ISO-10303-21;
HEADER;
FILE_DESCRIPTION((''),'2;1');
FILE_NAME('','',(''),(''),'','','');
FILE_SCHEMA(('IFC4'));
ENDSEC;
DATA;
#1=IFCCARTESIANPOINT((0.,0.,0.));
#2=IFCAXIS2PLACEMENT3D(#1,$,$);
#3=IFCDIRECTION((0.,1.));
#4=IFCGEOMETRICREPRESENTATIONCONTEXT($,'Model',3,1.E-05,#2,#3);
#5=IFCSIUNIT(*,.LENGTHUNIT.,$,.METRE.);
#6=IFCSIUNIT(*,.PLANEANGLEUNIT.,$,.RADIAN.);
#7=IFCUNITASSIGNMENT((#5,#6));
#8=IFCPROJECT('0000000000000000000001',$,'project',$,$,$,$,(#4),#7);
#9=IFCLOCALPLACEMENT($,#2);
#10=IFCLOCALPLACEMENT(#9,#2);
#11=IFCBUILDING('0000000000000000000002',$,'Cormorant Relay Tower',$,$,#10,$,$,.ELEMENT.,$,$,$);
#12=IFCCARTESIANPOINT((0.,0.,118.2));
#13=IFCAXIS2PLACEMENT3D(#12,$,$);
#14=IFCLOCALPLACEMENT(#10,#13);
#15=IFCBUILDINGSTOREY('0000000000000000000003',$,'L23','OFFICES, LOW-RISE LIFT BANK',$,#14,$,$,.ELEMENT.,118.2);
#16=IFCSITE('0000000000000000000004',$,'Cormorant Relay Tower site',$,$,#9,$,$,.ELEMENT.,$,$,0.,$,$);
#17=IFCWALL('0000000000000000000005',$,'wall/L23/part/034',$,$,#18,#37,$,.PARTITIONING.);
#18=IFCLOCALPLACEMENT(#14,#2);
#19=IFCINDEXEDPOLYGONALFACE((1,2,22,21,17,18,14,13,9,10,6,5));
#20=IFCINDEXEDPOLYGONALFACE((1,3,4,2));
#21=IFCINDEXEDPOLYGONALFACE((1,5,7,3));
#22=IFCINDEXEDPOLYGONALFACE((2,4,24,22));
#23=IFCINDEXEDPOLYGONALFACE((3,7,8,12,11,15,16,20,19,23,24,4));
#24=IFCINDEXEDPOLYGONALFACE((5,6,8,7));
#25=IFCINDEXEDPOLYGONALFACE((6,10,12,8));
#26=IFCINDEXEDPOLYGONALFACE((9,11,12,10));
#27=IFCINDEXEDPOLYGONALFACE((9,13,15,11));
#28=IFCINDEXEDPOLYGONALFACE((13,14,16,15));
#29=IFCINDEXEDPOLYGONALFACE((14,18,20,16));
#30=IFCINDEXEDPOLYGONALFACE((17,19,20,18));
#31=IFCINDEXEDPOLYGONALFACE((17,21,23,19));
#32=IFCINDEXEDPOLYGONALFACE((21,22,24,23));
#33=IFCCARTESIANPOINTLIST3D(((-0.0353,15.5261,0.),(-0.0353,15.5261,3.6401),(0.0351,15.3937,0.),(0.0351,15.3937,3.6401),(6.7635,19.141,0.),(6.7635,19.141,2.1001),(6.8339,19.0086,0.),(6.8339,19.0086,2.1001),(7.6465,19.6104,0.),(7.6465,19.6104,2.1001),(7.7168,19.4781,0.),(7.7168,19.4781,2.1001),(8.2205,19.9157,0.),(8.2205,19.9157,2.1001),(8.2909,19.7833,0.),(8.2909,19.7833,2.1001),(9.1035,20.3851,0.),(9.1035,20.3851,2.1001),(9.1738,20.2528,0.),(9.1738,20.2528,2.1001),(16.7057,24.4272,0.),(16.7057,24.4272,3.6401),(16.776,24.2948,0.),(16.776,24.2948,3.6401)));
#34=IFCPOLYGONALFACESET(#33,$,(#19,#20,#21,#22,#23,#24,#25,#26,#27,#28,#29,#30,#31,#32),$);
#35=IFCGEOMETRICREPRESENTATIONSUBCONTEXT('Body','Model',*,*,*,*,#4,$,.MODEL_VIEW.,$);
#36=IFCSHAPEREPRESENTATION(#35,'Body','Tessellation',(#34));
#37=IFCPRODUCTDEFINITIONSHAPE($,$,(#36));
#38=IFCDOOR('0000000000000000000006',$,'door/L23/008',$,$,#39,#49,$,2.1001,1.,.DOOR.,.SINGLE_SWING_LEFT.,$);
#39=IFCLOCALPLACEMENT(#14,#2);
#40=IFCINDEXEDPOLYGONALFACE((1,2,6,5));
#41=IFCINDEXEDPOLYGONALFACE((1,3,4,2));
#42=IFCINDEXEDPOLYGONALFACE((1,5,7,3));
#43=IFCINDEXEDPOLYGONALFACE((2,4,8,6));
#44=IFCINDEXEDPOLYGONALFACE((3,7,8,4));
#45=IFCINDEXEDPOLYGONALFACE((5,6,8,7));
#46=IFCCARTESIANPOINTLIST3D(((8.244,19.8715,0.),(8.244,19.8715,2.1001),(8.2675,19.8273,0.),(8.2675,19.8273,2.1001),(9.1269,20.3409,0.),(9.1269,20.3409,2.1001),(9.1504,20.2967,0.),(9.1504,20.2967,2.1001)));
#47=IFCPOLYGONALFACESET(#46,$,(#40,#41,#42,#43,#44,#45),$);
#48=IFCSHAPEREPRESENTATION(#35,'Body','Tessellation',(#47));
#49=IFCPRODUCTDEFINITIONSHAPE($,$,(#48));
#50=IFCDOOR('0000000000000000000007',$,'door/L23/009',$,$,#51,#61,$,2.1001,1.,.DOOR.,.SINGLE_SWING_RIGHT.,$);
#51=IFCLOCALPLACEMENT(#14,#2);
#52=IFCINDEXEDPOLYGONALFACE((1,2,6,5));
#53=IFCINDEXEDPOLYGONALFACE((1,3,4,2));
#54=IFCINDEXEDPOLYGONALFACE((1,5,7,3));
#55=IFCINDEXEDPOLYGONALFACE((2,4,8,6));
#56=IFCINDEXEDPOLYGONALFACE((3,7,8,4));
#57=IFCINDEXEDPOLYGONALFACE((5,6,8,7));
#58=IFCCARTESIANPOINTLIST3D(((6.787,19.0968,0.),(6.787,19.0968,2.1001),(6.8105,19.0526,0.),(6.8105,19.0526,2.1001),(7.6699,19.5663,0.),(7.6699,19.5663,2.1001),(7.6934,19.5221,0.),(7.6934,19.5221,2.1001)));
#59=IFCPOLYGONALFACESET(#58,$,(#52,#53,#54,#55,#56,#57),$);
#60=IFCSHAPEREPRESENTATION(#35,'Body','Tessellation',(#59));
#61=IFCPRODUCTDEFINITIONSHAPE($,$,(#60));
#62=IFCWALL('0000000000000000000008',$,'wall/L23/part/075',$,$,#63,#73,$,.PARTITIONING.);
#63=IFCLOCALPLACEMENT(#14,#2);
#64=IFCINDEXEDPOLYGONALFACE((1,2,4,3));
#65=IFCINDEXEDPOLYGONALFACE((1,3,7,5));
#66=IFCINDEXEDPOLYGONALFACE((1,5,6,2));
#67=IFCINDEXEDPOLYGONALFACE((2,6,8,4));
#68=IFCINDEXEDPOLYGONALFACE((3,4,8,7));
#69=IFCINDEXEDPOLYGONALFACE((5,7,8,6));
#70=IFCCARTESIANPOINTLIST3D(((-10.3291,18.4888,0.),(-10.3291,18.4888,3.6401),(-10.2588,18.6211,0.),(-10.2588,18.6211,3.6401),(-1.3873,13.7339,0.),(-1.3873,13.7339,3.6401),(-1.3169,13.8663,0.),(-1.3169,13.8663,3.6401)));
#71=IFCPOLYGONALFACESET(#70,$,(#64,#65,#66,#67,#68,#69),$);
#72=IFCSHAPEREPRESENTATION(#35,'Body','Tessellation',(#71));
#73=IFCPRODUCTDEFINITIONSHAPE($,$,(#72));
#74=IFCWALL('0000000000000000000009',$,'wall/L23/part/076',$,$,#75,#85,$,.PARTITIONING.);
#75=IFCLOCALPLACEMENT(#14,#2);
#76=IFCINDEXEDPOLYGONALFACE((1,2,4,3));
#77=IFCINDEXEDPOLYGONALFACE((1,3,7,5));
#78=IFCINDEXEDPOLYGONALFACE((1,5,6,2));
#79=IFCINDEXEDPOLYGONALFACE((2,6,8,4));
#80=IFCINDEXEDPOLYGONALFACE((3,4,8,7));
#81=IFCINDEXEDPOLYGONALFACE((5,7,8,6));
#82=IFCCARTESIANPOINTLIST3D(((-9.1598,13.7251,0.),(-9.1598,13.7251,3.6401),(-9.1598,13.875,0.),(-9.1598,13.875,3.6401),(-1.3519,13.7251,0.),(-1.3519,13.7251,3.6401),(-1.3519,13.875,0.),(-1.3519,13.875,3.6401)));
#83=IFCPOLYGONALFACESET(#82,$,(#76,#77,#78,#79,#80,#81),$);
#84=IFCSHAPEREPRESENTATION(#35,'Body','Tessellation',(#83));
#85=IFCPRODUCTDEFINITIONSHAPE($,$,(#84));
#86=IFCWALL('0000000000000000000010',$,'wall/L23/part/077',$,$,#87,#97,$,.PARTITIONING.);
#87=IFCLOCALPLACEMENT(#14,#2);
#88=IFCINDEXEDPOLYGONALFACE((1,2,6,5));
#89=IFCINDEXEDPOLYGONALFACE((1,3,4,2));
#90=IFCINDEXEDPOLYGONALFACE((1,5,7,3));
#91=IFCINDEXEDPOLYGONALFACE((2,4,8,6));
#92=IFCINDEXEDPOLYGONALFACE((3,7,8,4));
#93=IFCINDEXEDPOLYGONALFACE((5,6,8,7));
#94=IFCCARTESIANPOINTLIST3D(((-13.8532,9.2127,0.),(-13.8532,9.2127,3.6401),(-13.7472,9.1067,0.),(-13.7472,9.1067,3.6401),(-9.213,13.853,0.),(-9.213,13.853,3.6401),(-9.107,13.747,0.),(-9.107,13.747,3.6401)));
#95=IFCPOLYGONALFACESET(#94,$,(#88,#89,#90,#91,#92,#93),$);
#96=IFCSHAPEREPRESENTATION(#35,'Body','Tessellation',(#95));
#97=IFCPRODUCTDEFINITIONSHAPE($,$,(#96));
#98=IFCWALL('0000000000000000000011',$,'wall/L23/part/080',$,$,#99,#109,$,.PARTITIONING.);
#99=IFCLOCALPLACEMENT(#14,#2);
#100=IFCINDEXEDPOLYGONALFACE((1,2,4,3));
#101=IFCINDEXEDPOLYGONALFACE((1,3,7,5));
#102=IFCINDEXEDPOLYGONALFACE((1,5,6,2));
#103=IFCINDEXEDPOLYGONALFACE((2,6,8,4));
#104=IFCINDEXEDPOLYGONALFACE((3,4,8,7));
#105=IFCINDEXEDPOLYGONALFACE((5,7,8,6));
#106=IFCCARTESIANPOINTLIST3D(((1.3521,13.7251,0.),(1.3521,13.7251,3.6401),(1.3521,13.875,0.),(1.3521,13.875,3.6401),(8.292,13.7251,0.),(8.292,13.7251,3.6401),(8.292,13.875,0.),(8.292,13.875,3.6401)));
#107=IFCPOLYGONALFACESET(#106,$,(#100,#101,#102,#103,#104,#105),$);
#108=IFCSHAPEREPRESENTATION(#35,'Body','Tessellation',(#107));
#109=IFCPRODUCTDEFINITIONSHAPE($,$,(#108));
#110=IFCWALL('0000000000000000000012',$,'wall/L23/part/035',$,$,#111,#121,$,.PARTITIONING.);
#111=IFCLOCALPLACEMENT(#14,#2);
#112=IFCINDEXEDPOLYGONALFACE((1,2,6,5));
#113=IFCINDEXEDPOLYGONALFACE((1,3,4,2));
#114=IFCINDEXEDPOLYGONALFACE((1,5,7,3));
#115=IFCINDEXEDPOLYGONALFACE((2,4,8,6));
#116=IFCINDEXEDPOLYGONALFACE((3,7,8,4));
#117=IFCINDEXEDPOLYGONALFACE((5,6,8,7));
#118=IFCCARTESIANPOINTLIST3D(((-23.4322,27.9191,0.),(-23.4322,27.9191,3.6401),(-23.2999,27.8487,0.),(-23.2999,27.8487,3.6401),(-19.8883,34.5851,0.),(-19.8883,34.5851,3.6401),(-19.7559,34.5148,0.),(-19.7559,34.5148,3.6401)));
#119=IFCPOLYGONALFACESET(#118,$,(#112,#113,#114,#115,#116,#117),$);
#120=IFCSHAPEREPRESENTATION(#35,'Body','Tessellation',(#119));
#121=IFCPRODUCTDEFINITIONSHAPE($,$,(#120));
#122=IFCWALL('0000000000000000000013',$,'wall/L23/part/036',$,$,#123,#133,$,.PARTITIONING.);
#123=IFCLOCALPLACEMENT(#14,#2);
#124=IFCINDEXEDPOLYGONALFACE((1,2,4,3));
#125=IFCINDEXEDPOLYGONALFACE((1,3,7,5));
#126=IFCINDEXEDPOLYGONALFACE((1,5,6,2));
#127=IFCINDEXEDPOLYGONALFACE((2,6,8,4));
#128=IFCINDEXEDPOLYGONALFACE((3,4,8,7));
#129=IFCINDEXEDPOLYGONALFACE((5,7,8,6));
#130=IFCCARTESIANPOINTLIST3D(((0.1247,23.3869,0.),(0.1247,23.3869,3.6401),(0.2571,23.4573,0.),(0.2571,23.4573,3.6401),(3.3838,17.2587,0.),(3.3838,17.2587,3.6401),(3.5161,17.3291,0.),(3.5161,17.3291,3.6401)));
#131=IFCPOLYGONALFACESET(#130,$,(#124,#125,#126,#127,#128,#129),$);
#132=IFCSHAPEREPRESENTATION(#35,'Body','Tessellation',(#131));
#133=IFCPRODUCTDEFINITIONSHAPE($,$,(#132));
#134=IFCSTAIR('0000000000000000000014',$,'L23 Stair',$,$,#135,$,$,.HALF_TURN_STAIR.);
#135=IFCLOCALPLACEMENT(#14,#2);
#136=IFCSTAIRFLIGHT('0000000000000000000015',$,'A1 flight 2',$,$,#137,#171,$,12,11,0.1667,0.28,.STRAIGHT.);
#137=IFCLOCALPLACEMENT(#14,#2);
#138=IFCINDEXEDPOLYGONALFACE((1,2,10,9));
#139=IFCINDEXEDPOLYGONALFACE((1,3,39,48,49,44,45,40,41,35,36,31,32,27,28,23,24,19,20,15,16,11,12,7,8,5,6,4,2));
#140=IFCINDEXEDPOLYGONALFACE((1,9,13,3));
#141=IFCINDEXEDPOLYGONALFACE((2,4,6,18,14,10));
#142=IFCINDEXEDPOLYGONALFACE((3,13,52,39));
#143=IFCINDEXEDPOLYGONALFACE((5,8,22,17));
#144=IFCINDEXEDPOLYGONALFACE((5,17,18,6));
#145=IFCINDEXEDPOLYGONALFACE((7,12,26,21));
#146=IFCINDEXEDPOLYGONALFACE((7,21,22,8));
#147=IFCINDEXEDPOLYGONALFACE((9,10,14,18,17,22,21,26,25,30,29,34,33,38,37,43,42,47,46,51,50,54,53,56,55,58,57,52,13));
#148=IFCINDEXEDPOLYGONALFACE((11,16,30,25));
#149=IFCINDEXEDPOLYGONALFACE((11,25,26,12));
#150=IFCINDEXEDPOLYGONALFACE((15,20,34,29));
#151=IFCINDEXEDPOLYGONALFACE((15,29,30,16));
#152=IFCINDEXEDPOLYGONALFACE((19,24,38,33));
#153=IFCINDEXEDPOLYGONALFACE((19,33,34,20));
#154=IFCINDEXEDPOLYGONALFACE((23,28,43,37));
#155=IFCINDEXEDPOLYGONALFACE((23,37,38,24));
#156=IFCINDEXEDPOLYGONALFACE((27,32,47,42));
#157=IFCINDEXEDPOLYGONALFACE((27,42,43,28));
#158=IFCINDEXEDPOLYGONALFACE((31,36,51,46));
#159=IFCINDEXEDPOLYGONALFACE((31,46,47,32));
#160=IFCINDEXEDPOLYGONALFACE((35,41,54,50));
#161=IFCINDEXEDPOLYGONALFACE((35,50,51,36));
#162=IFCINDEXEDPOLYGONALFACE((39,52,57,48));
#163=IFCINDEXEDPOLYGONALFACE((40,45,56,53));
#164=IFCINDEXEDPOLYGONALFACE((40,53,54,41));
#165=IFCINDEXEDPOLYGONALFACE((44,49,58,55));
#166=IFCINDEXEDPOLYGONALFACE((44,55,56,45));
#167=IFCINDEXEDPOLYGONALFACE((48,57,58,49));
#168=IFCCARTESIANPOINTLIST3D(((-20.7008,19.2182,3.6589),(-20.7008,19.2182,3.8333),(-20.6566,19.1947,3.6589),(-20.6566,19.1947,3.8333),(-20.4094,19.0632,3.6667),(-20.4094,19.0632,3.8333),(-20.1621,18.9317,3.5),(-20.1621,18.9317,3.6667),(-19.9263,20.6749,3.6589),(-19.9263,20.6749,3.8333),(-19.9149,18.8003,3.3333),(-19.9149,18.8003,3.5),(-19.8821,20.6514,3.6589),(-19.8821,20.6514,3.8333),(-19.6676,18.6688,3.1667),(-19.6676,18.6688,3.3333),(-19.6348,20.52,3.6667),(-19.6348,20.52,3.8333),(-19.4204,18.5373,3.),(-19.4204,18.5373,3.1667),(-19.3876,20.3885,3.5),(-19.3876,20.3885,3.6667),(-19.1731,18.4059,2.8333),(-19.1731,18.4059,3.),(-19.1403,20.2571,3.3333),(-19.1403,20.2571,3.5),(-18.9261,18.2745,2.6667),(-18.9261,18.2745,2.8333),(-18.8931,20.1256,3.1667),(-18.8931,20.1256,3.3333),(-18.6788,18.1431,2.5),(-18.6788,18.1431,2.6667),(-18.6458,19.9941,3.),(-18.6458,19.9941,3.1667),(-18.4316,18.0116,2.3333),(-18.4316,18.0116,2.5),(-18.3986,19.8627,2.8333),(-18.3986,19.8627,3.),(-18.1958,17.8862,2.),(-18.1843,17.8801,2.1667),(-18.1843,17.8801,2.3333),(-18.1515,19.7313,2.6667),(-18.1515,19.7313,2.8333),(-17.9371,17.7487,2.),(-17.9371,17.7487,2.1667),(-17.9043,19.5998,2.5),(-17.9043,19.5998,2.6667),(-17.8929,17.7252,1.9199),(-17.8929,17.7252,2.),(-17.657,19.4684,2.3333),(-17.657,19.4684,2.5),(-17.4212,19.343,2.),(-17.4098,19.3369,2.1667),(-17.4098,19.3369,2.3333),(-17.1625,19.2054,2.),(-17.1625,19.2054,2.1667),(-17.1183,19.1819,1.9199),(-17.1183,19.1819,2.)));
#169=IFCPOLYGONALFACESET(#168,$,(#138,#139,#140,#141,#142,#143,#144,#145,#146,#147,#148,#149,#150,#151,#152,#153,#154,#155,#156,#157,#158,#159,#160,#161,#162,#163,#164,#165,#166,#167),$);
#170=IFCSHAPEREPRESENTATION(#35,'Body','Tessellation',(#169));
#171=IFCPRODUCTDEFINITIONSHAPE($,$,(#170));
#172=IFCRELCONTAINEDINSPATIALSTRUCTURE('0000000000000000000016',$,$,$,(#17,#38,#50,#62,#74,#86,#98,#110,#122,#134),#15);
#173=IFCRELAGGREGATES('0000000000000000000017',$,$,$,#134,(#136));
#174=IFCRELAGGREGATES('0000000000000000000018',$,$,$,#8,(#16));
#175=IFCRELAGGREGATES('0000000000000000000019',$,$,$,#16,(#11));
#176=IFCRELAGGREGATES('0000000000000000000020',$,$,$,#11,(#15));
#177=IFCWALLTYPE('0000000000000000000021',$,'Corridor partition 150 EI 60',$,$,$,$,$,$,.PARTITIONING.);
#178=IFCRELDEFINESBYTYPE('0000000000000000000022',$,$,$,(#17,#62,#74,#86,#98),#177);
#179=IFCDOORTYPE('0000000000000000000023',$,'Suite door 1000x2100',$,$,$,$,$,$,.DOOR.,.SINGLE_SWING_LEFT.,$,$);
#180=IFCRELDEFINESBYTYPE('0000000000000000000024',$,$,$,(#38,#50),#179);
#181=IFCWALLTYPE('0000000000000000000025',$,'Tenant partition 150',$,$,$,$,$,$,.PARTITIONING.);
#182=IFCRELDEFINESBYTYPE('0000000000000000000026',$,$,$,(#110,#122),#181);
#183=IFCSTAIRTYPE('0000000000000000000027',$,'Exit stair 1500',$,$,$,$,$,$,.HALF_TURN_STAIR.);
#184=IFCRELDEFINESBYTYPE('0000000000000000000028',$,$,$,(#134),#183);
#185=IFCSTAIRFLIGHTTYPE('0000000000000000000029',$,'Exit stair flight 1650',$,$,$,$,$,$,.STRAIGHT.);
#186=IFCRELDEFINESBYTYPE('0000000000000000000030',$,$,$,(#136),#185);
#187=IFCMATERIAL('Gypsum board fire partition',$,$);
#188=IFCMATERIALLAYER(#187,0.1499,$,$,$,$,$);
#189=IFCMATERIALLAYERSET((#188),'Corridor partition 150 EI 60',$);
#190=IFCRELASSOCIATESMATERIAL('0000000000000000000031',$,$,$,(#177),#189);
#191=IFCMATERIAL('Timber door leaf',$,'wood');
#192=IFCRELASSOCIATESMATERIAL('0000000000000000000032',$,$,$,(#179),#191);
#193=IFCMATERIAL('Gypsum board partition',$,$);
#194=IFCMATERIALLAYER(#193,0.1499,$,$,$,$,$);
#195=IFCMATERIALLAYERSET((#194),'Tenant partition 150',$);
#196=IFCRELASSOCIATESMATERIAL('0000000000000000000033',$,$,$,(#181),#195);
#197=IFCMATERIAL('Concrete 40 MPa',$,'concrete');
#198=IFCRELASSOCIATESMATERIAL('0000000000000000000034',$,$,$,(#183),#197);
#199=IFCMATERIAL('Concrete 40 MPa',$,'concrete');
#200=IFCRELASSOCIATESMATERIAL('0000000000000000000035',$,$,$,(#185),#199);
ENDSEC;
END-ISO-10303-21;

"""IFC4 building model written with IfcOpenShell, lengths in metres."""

from ifc_helpers import new_model, si_unit, direction, frame, frame_2d, origin, place, context, subcontext, project, spatial, polyline, rectangle, outline, extrude, material, layer, layer_set, type_object, element, fill, aggregate, save


model = new_model("IFC4")

# Units and contexts
model_context = context("Model", 3, precision=1e-05, world=origin(), true_north=direction((0.0, 1.0)))
body_context = subcontext(model_context, "Body", "Model", "MODEL_VIEW")
ifc_project = project(units=[si_unit("LENGTHUNIT", "METRE"), si_unit("PLANEANGLEUNIT", "RADIAN")], contexts=[model_context])

# Site, building, storey
site_placement = place(None, origin())
site = spatial("IfcSite", under=ifc_project, at=site_placement, Name="Cormorant Relay Tower site", CompositionType="ELEMENT", RefElevation=0.0)
building_placement = place(site_placement, origin())
building = spatial("IfcBuilding", under=site, at=building_placement, Name="Cormorant Relay Tower", CompositionType="ELEMENT")
storey_placement = place(building_placement, frame((0.0, 0.0, 118.2)))
storey = spatial("IfcBuildingStorey", under=building, at=storey_placement, Name="L23", Description="OFFICES, LOW-RISE LIFT BANK", CompositionType="ELEMENT", Elevation=118.2)

# Wall, openings, doors
ifc_material_1 = material(Name="Gypsum board fire partition")
ifc_layer_1 = layer(ifc_material_1, 0.1499)
ifc_layer_set_1 = layer_set([ifc_layer_1], Name="Corridor partition 150 EI 60")
wall_type_1 = type_object("IfcWallType", Name="Corridor partition 150 EI 60", PredefinedType="PARTITIONING", material=ifc_layer_set_1)
wall_1_placement = place(storey_placement, frame((0.0, 15.46, 0.0), z_axis=(0.0, 0.0, 1.0), x_axis=(0.882952, 0.469463, 0.0)))
wall_1 = element("IfcWall", 1, at=wall_1_placement, inside=storey, type_object=wall_type_1, Name="wall/L23/part/034", PredefinedType="PARTITIONING", context=body_context, shape_type="SweptSolid", body=[
    extrude(rectangle(XDim=18.9602, YDim=0.1499, at=frame_2d((9.48, 0.0))), origin(), (0.0, 0.0, 1.0), 3.6401),
])
opening_1_placement = place(wall_1_placement, frame((9.3501, 0.0, 0.0)))
opening_1 = element("IfcOpeningElement", 2, at=opening_1_placement, cuts=wall_1, PredefinedType="OPENING", context=body_context, shape_type="SweptSolid", body=[
    extrude(rectangle(XDim=1.0, YDim=2.1001, at=frame_2d((0.5, 1.05))), frame((0.0, 0.085, 0.0), z_axis=(0.0, -1.0, 0.0), x_axis=(1.0, 0.0, 0.0)), (0.0, 0.0, 1.0), 0.1699),
])
opening_2_placement = place(wall_1_placement, frame((7.7, 0.0, 0.0)))
opening_2 = element("IfcOpeningElement", 3, at=opening_2_placement, cuts=wall_1, PredefinedType="OPENING", context=body_context, shape_type="SweptSolid", body=[
    extrude(rectangle(XDim=1.0, YDim=2.1001, at=frame_2d((0.5, 1.05))), frame((0.0, 0.085, 0.0), z_axis=(0.0, -1.0, 0.0), x_axis=(1.0, 0.0, 0.0)), (0.0, 0.0, 1.0), 0.1699),
])
ifc_material_2 = material(Name="Timber door leaf", Category="wood")
door_type_1 = type_object("IfcDoorType", Name="Suite door 1000x2100", OperationType="SINGLE_SWING_LEFT", PredefinedType="DOOR", material=ifc_material_2)
door_1_placement = place(opening_1_placement, origin())
door_1 = element("IfcDoor", 4, at=door_1_placement, inside=storey, type_object=door_type_1, Name="door/L23/008", OperationType="SINGLE_SWING_LEFT", OverallHeight=2.1001, OverallWidth=1.0, PredefinedType="DOOR", context=body_context, shape_type="SweptSolid", body=[
    extrude(rectangle(XDim=1.0, YDim=2.1001, at=frame_2d((0.5, 1.05))), frame((0.0, 0.0249, 0.0), z_axis=(0.0, -1.0, 0.0), x_axis=(1.0, 0.0, 0.0)), (0.0, 0.0, 1.0), 0.05),
])
fill(opening_1, door_1)
door_2_placement = place(opening_2_placement, origin())
door_2 = element("IfcDoor", 5, at=door_2_placement, inside=storey, type_object=door_type_1, Name="door/L23/009", OperationType="SINGLE_SWING_RIGHT", OverallHeight=2.1001, OverallWidth=1.0, PredefinedType="DOOR", context=body_context, shape_type="SweptSolid", body=[
    extrude(rectangle(XDim=1.0, YDim=2.1001, at=frame_2d((0.5, 1.05))), frame((0.0, 0.0249, 0.0), z_axis=(0.0, -1.0, 0.0), x_axis=(1.0, 0.0, 0.0)), (0.0, 0.0, 1.0), 0.05),
])
fill(opening_2, door_2)

# Walls
wall_2_placement = place(storey_placement, frame((-10.2939, 18.5549, 0.0), z_axis=(0.0, 0.0, 1.0), x_axis=(0.882932, -0.469502, 0.0)))
element("IfcWall", 6, at=wall_2_placement, inside=storey, type_object=wall_type_1, Name="wall/L23/part/075", PredefinedType="PARTITIONING", context=body_context, shape_type="SweptSolid", body=[
    extrude(rectangle(XDim=10.1274, YDim=0.1499, at=frame_2d((5.0637, 0.0))), origin(), (0.0, 0.0, 1.0), 3.6401),
])
wall_3_placement = place(storey_placement, frame((-1.3521, 13.8, 0.0), z_axis=(0.0, 0.0, 1.0), x_axis=(-1.0, 0.0, 0.0)))
element("IfcWall", 7, at=wall_3_placement, inside=storey, type_object=wall_type_1, Name="wall/L23/part/076", PredefinedType="PARTITIONING", context=body_context, shape_type="SweptSolid", body=[
    extrude(rectangle(XDim=7.8079, YDim=0.1499, at=frame_2d((3.9038, 0.0))), origin(), (0.0, 0.0, 1.0), 3.6401),
])
wall_4_placement = place(storey_placement, frame((-9.1599, 13.8, 0.0), z_axis=(0.0, 0.0, 1.0), x_axis=(-0.707107, -0.707107, 0.0)))
element("IfcWall", 8, at=wall_4_placement, inside=storey, type_object=wall_type_1, Name="wall/L23/part/077", PredefinedType="PARTITIONING", context=body_context, shape_type="SweptSolid", body=[
    extrude(rectangle(XDim=6.5623, YDim=0.1499, at=frame_2d((3.2812, 0.0))), origin(), (0.0, 0.0, 1.0), 3.6401),
])
wall_5_placement = place(storey_placement, frame((1.3521, 13.8, 0.0), z_axis=(0.0, 0.0, 1.0), x_axis=(1.0, 0.0, 0.0)))
element("IfcWall", 9, at=wall_5_placement, inside=storey, type_object=wall_type_1, Name="wall/L23/part/080", PredefinedType="PARTITIONING", context=body_context, shape_type="SweptSolid", body=[
    extrude(rectangle(XDim=6.9399, YDim=0.1499, at=frame_2d((3.47, 0.0))), origin(), (0.0, 0.0, 1.0), 3.6401),
])
ifc_material_3 = material(Name="Gypsum board partition")
ifc_layer_2 = layer(ifc_material_3, 0.1499)
ifc_layer_set_2 = layer_set([ifc_layer_2], Name="Tenant partition 150")
wall_type_2 = type_object("IfcWallType", Name="Tenant partition 150", PredefinedType="PARTITIONING", material=ifc_layer_set_2)
wall_6_placement = place(storey_placement, frame((-19.822, 34.55, 0.0), z_axis=(0.0, 0.0, 1.0), x_axis=(-0.469426, -0.882972, 0.0)))
element("IfcWall", 10, at=wall_6_placement, inside=storey, type_object=wall_type_2, Name="wall/L23/part/035", PredefinedType="PARTITIONING", context=body_context, shape_type="SweptSolid", body=[
    extrude(rectangle(XDim=7.5496, YDim=0.1499, at=frame_2d((3.7749, 0.0))), origin(), (0.0, 0.0, 1.0), 3.6401),
])
wall_7_placement = place(storey_placement, frame((0.1909, 23.4221, 0.0), z_axis=(0.0, 0.0, 1.0), x_axis=(0.469542, -0.88291, 0.0)))
element("IfcWall", 11, at=wall_7_placement, inside=storey, type_object=wall_type_2, Name="wall/L23/part/036", PredefinedType="PARTITIONING", context=body_context, shape_type="SweptSolid", body=[
    extrude(rectangle(XDim=6.9409, YDim=0.1499, at=frame_2d((3.4705, 0.0))), origin(), (0.0, 0.0, 1.0), 3.6401),
])

# Stair, stair flight
ifc_material_4 = material(Name="Concrete 40 MPa", Category="concrete")
stair_type = type_object("IfcStairType", Name="Exit stair 1500", PredefinedType="HALF_TURN_STAIR", material=ifc_material_4)
stair_placement = place(storey_placement, origin())
stair = element("IfcStair", 12, at=stair_placement, inside=storey, type_object=stair_type, Name="L23 Stair", PredefinedType="HALF_TURN_STAIR")
ifc_material_5 = material(Name="Concrete 40 MPa", Category="concrete")
stair_flight_type = type_object("IfcStairFlightType", Name="Exit stair flight 1650", PredefinedType="STRAIGHT", material=ifc_material_5)
stair_flight_placement = place(storey_placement, frame((-17.5498, 18.4771, 2.0), z_axis=(0.0, 0.0, 1.0), x_axis=(-0.882948, 0.469472, 0.0)))
stair_flight = element("IfcStairFlight", 13, at=stair_flight_placement, type_object=stair_flight_type, Name="A1 flight 2", NumberOfRisers=12, NumberOfTreads=11, PredefinedType="STRAIGHT", RiserHeight=0.1667, TreadLength=0.28, context=body_context, shape_type="SweptSolid", body=[
    extrude(outline(polyline([(-0.05, -0.0801), (-0.05, 0.0), (0.0, 0.0), (0.0, 0.1667), (0.28, 0.1667), (0.28, 0.3333), (0.5601, 0.3333), (0.5601, 0.5), (0.8401, 0.5), (0.8401, 0.6667), (1.1201, 0.6667), (1.1201, 0.8333), (1.3999, 0.8333), (1.3999, 1.0), (1.6799, 1.0), (1.6799, 1.1667), (1.96, 1.1667), (1.96, 1.3333), (2.24, 1.3333), (2.24, 1.5), (2.52, 1.5), (2.52, 1.6667), (2.8, 1.6667), (2.8, 1.8333), (3.0801, 1.8333), (3.1301, 1.8333), (3.1301, 1.6589), (3.0801, 1.6589), (0.293, 0.0), (-0.05, -0.0801)])), frame((0.0, 0.825, 0.0), z_axis=(0.0, -1.0, 0.0), x_axis=(1.0, 0.0, 0.0)), (0.0, 0.0, 1.0), 1.6499),
])
aggregate(stair, [stair_flight])

save(model, "model.ifc")
